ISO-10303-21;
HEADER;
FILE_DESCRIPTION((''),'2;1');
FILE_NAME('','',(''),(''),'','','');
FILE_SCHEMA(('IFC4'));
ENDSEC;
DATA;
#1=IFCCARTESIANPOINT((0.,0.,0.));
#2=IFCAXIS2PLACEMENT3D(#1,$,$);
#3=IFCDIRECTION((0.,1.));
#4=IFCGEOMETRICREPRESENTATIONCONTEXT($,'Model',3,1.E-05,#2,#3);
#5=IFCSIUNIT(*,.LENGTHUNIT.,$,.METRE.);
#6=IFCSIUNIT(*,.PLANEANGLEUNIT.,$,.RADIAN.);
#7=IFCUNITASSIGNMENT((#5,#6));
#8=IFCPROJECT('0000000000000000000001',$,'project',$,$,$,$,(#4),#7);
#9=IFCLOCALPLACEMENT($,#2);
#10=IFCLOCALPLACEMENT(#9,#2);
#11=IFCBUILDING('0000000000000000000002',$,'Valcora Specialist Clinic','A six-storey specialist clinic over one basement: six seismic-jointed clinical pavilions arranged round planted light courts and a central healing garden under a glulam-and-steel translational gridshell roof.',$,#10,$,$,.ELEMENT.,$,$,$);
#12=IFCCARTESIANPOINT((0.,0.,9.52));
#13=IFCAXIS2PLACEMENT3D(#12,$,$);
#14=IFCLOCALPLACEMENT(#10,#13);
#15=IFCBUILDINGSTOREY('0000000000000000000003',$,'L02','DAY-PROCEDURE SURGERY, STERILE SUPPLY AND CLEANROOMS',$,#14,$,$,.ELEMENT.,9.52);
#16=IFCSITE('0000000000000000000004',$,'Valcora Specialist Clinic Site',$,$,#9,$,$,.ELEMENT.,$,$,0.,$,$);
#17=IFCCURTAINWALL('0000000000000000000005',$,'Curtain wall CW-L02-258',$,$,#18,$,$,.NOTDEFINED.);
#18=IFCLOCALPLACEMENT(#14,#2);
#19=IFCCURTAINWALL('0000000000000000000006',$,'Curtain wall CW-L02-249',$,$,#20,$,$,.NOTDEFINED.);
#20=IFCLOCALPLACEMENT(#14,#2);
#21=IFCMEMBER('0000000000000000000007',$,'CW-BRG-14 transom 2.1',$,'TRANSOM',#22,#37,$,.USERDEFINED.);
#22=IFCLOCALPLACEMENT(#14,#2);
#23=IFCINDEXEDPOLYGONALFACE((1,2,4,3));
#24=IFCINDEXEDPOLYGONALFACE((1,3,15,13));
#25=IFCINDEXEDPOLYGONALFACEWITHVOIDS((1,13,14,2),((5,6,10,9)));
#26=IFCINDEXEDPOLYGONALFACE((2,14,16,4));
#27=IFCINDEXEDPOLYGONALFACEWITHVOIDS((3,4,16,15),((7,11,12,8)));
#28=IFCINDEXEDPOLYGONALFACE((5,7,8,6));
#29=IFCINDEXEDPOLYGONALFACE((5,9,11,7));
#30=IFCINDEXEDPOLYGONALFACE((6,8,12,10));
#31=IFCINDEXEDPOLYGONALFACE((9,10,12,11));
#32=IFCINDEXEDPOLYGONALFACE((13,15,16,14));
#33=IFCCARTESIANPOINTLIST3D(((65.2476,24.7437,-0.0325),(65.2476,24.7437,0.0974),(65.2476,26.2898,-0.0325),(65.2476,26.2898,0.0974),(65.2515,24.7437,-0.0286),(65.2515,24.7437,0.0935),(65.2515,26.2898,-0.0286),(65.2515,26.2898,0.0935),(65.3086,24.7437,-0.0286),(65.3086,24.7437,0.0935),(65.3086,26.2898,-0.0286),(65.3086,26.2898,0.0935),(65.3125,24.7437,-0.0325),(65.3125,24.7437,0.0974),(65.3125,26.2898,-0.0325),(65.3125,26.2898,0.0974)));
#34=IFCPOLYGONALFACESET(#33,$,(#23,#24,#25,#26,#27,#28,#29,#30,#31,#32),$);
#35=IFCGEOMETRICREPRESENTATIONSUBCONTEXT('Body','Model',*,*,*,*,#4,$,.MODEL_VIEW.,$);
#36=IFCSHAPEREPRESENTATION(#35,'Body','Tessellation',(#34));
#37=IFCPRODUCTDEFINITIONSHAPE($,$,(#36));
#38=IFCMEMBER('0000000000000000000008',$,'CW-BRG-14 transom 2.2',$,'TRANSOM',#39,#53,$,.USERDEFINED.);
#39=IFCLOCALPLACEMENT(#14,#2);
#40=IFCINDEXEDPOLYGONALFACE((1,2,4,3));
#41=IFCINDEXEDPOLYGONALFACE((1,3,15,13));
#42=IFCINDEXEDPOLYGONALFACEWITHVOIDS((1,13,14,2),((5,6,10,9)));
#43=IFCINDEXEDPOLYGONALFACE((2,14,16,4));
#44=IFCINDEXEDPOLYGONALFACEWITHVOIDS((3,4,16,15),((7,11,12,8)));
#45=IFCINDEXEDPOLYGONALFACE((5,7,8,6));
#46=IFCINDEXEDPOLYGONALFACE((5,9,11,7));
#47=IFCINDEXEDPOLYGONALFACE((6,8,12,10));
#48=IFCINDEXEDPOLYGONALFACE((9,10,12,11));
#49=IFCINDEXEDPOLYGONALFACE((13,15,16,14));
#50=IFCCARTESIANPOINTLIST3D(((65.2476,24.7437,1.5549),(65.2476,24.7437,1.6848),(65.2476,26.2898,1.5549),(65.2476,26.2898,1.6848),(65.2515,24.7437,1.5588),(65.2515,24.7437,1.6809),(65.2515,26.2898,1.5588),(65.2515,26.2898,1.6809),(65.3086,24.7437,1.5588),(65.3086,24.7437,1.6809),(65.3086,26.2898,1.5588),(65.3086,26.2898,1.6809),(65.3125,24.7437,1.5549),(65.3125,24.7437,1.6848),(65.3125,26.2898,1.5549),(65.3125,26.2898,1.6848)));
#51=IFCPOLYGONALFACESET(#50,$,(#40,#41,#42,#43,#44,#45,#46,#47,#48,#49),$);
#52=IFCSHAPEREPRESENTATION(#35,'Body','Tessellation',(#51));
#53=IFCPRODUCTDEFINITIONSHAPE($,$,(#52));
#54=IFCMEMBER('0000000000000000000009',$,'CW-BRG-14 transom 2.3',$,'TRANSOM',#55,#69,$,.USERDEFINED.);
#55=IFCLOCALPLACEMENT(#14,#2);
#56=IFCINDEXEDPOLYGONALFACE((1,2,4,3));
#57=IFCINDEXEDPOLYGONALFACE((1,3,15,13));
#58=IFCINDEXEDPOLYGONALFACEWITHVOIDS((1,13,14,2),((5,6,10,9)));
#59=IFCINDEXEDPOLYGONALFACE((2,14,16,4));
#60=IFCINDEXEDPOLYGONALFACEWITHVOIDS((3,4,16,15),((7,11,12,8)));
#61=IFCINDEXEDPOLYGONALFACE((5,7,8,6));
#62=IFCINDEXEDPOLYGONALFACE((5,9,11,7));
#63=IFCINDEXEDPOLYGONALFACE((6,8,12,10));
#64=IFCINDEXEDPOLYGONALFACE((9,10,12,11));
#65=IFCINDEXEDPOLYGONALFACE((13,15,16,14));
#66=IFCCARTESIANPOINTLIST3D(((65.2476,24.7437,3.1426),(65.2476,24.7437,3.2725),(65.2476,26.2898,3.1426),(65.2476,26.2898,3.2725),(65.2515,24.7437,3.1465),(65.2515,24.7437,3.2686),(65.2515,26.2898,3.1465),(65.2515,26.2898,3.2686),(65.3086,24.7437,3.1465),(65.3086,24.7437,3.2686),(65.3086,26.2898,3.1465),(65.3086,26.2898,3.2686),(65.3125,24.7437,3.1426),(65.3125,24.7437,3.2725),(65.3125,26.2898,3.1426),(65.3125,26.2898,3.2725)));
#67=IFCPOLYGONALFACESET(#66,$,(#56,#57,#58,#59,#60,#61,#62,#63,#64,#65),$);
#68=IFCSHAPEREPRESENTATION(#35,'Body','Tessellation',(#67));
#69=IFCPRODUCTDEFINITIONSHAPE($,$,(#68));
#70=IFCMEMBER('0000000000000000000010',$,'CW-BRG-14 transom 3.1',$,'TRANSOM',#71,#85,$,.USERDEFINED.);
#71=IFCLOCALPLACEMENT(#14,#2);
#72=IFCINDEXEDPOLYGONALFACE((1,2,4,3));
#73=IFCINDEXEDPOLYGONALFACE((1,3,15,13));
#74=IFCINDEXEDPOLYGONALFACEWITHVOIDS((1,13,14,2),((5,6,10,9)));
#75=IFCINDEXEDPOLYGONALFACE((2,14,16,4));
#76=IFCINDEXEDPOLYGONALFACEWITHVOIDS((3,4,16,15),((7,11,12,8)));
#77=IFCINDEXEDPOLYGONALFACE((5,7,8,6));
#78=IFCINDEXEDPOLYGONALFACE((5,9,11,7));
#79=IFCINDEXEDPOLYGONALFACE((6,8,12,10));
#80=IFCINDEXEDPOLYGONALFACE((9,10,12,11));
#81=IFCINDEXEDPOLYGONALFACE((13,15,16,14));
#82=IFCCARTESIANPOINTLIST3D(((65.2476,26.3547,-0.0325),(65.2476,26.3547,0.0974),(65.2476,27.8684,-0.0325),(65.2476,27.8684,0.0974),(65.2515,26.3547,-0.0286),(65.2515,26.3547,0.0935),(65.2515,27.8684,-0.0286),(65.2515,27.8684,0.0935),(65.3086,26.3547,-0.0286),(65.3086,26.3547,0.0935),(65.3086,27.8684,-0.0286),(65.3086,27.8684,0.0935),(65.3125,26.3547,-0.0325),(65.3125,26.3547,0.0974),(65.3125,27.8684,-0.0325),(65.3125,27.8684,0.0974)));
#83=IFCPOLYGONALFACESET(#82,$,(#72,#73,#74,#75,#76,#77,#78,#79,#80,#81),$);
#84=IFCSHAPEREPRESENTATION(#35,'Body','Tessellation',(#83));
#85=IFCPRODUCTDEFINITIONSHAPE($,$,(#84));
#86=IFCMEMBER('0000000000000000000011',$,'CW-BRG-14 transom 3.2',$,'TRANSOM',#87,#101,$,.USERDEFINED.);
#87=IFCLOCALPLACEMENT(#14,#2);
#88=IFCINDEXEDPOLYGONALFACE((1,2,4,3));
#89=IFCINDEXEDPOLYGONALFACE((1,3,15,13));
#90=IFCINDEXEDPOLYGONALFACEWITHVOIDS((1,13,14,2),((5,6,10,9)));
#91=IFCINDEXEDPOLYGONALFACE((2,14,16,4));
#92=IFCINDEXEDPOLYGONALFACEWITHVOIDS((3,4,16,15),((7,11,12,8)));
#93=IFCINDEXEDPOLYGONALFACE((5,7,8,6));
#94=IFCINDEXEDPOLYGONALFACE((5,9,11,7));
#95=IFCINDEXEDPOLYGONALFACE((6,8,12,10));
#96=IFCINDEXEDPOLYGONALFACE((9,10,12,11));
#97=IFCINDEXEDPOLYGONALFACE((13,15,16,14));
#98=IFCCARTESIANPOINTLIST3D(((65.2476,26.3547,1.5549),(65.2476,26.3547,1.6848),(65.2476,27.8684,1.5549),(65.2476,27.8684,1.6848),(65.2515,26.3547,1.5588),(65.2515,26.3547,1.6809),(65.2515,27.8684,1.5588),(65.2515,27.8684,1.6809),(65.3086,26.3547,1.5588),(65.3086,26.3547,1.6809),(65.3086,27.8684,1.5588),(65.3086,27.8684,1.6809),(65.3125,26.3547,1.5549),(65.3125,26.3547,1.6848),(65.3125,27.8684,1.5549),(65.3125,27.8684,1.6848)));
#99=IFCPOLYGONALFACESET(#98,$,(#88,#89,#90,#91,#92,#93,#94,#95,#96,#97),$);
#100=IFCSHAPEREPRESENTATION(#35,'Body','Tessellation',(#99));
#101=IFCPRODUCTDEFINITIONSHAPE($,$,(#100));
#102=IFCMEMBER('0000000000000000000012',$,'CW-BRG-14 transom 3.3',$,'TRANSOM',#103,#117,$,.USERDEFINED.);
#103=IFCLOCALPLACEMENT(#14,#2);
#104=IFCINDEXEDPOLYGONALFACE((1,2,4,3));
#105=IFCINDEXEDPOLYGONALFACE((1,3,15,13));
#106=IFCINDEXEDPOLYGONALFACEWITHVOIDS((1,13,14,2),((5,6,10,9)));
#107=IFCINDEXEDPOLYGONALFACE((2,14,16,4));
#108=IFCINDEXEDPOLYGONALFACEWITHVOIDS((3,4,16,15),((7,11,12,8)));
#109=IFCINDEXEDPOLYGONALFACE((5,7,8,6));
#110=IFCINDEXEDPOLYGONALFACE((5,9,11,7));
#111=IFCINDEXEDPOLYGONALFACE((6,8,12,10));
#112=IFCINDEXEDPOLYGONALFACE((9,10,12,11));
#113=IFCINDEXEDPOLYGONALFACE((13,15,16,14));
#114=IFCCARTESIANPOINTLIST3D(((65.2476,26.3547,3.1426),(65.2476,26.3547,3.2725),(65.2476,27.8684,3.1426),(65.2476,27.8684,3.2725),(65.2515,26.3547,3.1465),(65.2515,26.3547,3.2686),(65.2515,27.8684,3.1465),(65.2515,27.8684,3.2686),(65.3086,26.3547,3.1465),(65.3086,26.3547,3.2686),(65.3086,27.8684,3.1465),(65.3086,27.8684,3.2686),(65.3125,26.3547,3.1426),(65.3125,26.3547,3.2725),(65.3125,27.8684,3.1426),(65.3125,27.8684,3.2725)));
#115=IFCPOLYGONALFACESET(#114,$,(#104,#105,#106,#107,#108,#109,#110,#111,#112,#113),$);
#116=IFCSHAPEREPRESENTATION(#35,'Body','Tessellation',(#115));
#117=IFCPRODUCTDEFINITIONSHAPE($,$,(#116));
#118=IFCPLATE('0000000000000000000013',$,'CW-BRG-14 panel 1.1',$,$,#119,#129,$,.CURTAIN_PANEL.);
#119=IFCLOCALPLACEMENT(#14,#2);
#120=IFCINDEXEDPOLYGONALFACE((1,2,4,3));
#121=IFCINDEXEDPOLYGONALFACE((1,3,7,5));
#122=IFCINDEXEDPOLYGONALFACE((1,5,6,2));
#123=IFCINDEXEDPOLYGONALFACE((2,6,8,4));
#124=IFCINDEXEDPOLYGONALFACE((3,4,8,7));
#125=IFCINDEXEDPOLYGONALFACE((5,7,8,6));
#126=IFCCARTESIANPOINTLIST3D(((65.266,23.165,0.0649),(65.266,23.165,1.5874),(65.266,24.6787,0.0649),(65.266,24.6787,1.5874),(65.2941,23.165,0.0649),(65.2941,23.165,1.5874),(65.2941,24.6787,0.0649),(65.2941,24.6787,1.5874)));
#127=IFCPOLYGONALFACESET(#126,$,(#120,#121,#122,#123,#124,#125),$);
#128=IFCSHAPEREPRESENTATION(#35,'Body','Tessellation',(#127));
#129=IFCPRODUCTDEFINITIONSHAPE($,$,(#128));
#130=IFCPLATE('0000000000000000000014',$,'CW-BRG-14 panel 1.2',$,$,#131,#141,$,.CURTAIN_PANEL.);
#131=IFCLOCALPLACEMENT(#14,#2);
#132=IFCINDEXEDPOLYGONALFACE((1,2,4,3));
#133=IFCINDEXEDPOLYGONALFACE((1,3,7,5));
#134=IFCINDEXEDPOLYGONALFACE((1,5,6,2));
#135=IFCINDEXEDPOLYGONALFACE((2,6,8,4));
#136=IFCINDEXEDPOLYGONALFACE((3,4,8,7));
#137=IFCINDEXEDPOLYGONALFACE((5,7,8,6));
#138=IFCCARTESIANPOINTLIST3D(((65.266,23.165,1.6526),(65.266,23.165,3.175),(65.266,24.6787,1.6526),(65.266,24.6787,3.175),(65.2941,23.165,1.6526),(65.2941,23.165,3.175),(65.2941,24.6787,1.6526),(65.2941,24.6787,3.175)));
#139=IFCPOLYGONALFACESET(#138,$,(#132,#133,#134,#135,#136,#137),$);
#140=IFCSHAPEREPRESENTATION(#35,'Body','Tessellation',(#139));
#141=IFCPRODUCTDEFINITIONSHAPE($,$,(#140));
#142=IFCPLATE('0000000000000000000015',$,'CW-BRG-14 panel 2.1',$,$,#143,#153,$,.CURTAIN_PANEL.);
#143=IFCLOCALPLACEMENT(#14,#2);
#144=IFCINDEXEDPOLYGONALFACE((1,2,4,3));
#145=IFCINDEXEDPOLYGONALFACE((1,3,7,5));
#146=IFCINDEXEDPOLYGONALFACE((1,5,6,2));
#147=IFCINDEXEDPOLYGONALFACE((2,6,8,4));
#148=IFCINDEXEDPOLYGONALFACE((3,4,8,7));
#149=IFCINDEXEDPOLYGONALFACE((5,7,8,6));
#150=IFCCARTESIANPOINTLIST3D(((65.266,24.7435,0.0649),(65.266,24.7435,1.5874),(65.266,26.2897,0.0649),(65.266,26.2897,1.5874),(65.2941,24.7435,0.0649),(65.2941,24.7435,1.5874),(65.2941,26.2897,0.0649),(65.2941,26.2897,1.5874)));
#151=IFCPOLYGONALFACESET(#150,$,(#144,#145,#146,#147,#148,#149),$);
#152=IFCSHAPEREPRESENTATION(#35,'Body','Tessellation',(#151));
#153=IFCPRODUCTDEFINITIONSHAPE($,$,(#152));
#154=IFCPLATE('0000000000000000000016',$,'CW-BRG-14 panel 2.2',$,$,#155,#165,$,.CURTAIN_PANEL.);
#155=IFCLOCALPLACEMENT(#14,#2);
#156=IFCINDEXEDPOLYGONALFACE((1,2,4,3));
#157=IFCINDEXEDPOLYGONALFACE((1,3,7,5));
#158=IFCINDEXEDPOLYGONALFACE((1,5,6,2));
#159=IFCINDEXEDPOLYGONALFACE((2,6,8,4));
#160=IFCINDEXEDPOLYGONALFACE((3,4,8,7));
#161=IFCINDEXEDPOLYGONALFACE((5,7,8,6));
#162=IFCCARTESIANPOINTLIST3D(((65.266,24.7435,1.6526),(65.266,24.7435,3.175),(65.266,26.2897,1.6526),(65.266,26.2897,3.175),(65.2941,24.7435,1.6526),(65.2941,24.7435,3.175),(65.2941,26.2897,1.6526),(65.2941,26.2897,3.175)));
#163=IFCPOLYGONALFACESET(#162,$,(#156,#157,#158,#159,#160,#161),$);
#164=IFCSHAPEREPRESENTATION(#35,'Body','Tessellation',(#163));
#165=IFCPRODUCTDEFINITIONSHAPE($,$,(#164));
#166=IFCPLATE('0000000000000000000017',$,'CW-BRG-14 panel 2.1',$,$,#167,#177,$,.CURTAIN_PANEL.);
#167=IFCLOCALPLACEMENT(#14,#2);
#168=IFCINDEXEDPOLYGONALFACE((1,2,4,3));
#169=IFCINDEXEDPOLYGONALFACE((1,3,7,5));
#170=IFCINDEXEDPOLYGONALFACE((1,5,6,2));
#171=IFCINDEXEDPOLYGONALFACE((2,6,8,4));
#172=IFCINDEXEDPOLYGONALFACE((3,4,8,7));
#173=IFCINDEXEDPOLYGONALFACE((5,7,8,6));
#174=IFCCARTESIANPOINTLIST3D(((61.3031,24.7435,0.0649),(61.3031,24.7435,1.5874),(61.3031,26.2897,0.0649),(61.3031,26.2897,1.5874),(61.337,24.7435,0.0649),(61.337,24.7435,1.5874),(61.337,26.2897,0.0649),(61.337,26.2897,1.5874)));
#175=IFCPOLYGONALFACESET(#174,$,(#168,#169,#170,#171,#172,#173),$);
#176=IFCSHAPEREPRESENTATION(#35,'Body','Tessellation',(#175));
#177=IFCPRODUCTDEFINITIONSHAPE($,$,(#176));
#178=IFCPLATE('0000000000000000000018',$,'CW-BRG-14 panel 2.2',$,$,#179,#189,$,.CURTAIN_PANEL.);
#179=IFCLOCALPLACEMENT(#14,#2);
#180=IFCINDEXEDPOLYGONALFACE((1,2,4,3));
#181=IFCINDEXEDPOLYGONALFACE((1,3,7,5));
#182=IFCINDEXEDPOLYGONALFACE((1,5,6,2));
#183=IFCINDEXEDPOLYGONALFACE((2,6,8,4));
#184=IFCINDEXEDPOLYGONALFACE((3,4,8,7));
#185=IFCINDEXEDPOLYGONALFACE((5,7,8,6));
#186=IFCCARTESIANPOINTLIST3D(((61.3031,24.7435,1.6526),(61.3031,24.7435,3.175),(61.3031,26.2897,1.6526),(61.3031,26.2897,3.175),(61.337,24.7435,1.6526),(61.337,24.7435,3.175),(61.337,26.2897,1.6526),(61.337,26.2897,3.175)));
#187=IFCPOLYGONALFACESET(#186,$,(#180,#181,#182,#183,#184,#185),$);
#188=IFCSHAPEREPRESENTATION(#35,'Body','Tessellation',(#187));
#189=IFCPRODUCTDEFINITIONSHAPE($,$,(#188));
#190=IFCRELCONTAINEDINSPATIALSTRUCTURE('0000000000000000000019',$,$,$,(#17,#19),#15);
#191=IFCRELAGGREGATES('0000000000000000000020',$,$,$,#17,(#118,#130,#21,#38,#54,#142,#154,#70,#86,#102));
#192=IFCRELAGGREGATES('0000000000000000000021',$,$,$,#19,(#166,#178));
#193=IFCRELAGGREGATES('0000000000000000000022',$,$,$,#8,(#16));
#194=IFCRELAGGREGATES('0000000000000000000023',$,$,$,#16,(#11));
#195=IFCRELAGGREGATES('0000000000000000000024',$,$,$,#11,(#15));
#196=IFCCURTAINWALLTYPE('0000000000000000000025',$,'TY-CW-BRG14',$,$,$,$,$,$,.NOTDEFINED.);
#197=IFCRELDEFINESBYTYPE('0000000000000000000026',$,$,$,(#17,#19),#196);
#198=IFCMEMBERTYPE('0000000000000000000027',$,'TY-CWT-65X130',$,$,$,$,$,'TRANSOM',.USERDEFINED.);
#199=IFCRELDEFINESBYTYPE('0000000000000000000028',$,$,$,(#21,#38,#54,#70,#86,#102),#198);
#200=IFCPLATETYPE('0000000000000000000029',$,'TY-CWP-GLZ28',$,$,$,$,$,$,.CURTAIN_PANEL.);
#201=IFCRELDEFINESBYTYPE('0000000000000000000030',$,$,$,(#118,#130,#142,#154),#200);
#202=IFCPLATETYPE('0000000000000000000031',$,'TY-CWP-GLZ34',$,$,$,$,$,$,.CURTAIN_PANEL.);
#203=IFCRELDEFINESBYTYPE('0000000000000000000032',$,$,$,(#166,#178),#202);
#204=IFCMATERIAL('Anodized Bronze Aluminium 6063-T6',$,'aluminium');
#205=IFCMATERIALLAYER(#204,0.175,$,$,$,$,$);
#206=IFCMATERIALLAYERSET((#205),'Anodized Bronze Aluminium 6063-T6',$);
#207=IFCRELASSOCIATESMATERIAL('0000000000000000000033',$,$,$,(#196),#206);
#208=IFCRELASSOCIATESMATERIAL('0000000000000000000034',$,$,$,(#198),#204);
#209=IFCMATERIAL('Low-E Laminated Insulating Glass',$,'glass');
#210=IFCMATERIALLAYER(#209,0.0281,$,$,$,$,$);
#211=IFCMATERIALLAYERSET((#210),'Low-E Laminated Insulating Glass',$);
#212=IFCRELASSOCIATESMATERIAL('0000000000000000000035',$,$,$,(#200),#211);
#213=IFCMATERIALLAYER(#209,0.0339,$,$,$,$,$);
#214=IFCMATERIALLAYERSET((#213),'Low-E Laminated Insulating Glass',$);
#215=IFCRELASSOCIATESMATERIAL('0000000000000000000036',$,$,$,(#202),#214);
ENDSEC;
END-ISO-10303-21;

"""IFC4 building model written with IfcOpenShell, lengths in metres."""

from ifc_helpers import new_model, si_unit, direction, frame, origin, origin_2d, place, context, subcontext, project, spatial, rectangle, hollow_rectangle, extrude, material, layer, layer_set, material_profile, profile_set, type_object, element, aggregate, save


model = new_model("IFC4")

# Units and contexts
model_context = context("Model", 3, precision=1e-05, world=origin(), true_north=direction((0.0, 1.0)))
body_context = subcontext(model_context, "Body", "Model", "MODEL_VIEW")
ifc_project = project(units=[si_unit("LENGTHUNIT", "METRE"), si_unit("PLANEANGLEUNIT", "RADIAN")], contexts=[model_context])

# Site, building, storey
site_placement = place(None, origin())
site = spatial("IfcSite", under=ifc_project, at=site_placement, Name="Valcora Specialist Clinic Site", CompositionType="ELEMENT", RefElevation=0.0)
building_placement = place(site_placement, origin())
building = spatial("IfcBuilding", under=site, at=building_placement, Name="Valcora Specialist Clinic", Description="A six-storey specialist clinic over one basement: six seismic-jointed clinical pavilions arranged round planted light courts and a central healing garden under a glulam-and-steel translational gridshell roof.", CompositionType="ELEMENT")
storey_placement = place(building_placement, frame((0.0, 0.0, 9.52)))
storey = spatial("IfcBuildingStorey", under=building, at=storey_placement, Name="L02", Description="DAY-PROCEDURE SURGERY, STERILE SUPPLY AND CLEANROOMS", CompositionType="ELEMENT", Elevation=9.52)

# Shared definitions
ifc_material_1 = material(Name="Anodized Bronze Aluminium 6063-T6", Category="aluminium")
ifc_layer_1 = layer(ifc_material_1, 0.175)
ifc_layer_set_1 = layer_set([ifc_layer_1], Name="Anodized Bronze Aluminium 6063-T6")
curtain_wall_type = type_object("IfcCurtainWallType", Name="TY-CW-BRG14", PredefinedType="NOTDEFINED", material=ifc_layer_set_1)

# Curtain walls
curtain_wall_1_placement = place(storey_placement, origin())
curtain_wall_1 = element("IfcCurtainWall", 1, at=curtain_wall_1_placement, inside=storey, type_object=curtain_wall_type, Name="Curtain wall CW-L02-258", PredefinedType="NOTDEFINED")
curtain_wall_2_placement = place(storey_placement, origin())
curtain_wall_2 = element("IfcCurtainWall", 2, at=curtain_wall_2_placement, inside=storey, type_object=curtain_wall_type, Name="Curtain wall CW-L02-249", PredefinedType="NOTDEFINED")
ifc_material_profile_1 = material_profile(ifc_material_1, hollow_rectangle(XDim=0.0649, YDim=0.1299, WallThickness=0.0039, at=origin_2d()), Name="AL-TRN-65X130")
ifc_profile_set_1 = profile_set([ifc_material_profile_1], Name="Anodized Bronze Aluminium 6063-T6")
member_type_1 = type_object("IfcMemberType", Name="TY-CWT-65X130", ElementType="TRANSOM", PredefinedType="USERDEFINED", material=ifc_profile_set_1)

# Members
member_1_placement = place(storey_placement, frame((65.28, 24.7437, 0.0325), z_axis=(0.0, 1.0, 0.0), x_axis=(-1.0, 0.0, 0.0)))
member_1 = element("IfcMember", 3, at=member_1_placement, type_object=member_type_1, Name="CW-BRG-14 transom 2.1", ObjectType="TRANSOM", PredefinedType="USERDEFINED", context=body_context, shape_type="SweptSolid", body=[
    extrude(hollow_rectangle(XDim=0.0649, YDim=0.1299, WallThickness=0.0039, at=origin_2d()), origin(), (0.0, 0.0, 1.0), 1.5461),
])
member_2_placement = place(storey_placement, frame((65.28, 24.7437, 1.6199), z_axis=(0.0, 1.0, 0.0), x_axis=(-1.0, 0.0, 0.0)))
member_2 = element("IfcMember", 4, at=member_2_placement, type_object=member_type_1, Name="CW-BRG-14 transom 2.2", ObjectType="TRANSOM", PredefinedType="USERDEFINED", context=body_context, shape_type="SweptSolid", body=[
    extrude(hollow_rectangle(XDim=0.0649, YDim=0.1299, WallThickness=0.0039, at=origin_2d()), origin(), (0.0, 0.0, 1.0), 1.5461),
])
member_3_placement = place(storey_placement, frame((65.28, 24.7437, 3.2075), z_axis=(0.0, 1.0, 0.0), x_axis=(-1.0, 0.0, 0.0)))
member_3 = element("IfcMember", 5, at=member_3_placement, type_object=member_type_1, Name="CW-BRG-14 transom 2.3", ObjectType="TRANSOM", PredefinedType="USERDEFINED", context=body_context, shape_type="SweptSolid", body=[
    extrude(hollow_rectangle(XDim=0.0649, YDim=0.1299, WallThickness=0.0039, at=origin_2d()), origin(), (0.0, 0.0, 1.0), 1.5461),
])
member_4_placement = place(storey_placement, frame((65.28, 26.3547, 0.0325), z_axis=(0.0, 1.0, 0.0), x_axis=(-1.0, 0.0, 0.0)))
member_4 = element("IfcMember", 6, at=member_4_placement, type_object=member_type_1, Name="CW-BRG-14 transom 3.1", ObjectType="TRANSOM", PredefinedType="USERDEFINED", context=body_context, shape_type="SweptSolid", body=[
    extrude(hollow_rectangle(XDim=0.0649, YDim=0.1299, WallThickness=0.0039, at=origin_2d()), origin(), (0.0, 0.0, 1.0), 1.5137),
])
member_5_placement = place(storey_placement, frame((65.28, 26.3547, 1.6199), z_axis=(0.0, 1.0, 0.0), x_axis=(-1.0, 0.0, 0.0)))
member_5 = element("IfcMember", 7, at=member_5_placement, type_object=member_type_1, Name="CW-BRG-14 transom 3.2", ObjectType="TRANSOM", PredefinedType="USERDEFINED", context=body_context, shape_type="SweptSolid", body=[
    extrude(hollow_rectangle(XDim=0.0649, YDim=0.1299, WallThickness=0.0039, at=origin_2d()), origin(), (0.0, 0.0, 1.0), 1.5137),
])
member_6_placement = place(storey_placement, frame((65.28, 26.3547, 3.2075), z_axis=(0.0, 1.0, 0.0), x_axis=(-1.0, 0.0, 0.0)))
member_6 = element("IfcMember", 8, at=member_6_placement, type_object=member_type_1, Name="CW-BRG-14 transom 3.3", ObjectType="TRANSOM", PredefinedType="USERDEFINED", context=body_context, shape_type="SweptSolid", body=[
    extrude(hollow_rectangle(XDim=0.0649, YDim=0.1299, WallThickness=0.0039, at=origin_2d()), origin(), (0.0, 0.0, 1.0), 1.5137),
])

# Plates
ifc_material_2 = material(Name="Low-E Laminated Insulating Glass", Category="glass")
ifc_layer_2 = layer(ifc_material_2, 0.0281)
ifc_layer_set_2 = layer_set([ifc_layer_2], Name="Low-E Laminated Insulating Glass")
plate_type_1 = type_object("IfcPlateType", Name="TY-CWP-GLZ28", PredefinedType="CURTAIN_PANEL", material=ifc_layer_set_2)
plate_1_placement = place(storey_placement, frame((65.28, 23.9219, 0.0649), z_axis=(0.0, 0.0, 1.0), x_axis=(0.0, 1.0, 0.0)))
plate_1 = element("IfcPlate", 9, at=plate_1_placement, type_object=plate_type_1, Name="CW-BRG-14 panel 1.1", PredefinedType="CURTAIN_PANEL", context=body_context, shape_type="SweptSolid", body=[
    extrude(rectangle(XDim=1.5137, YDim=0.0281, at=origin_2d()), origin(), (0.0, 0.0, 1.0), 1.5225),
])
plate_2_placement = place(storey_placement, frame((65.28, 23.9219, 1.6526), z_axis=(0.0, 0.0, 1.0), x_axis=(0.0, 1.0, 0.0)))
plate_2 = element("IfcPlate", 10, at=plate_2_placement, type_object=plate_type_1, Name="CW-BRG-14 panel 1.2", PredefinedType="CURTAIN_PANEL", context=body_context, shape_type="SweptSolid", body=[
    extrude(rectangle(XDim=1.5137, YDim=0.0281, at=origin_2d()), origin(), (0.0, 0.0, 1.0), 1.5225),
])
plate_3_placement = place(storey_placement, frame((65.28, 25.5166, 0.0649), z_axis=(0.0, 0.0, 1.0), x_axis=(0.0, 1.0, 0.0)))
plate_3 = element("IfcPlate", 11, at=plate_3_placement, type_object=plate_type_1, Name="CW-BRG-14 panel 2.1", PredefinedType="CURTAIN_PANEL", context=body_context, shape_type="SweptSolid", body=[
    extrude(rectangle(XDim=1.5461, YDim=0.0281, at=origin_2d()), origin(), (0.0, 0.0, 1.0), 1.5225),
])
plate_4_placement = place(storey_placement, frame((65.28, 25.5166, 1.6526), z_axis=(0.0, 0.0, 1.0), x_axis=(0.0, 1.0, 0.0)))
plate_4 = element("IfcPlate", 12, at=plate_4_placement, type_object=plate_type_1, Name="CW-BRG-14 panel 2.2", PredefinedType="CURTAIN_PANEL", context=body_context, shape_type="SweptSolid", body=[
    extrude(rectangle(XDim=1.5461, YDim=0.0281, at=origin_2d()), origin(), (0.0, 0.0, 1.0), 1.5225),
])
aggregate(curtain_wall_1, [plate_1, plate_2, member_1, member_2, member_3, plate_3, plate_4, member_4, member_5, member_6])
ifc_layer_3 = layer(ifc_material_2, 0.0339)
ifc_layer_set_3 = layer_set([ifc_layer_3], Name="Low-E Laminated Insulating Glass")
plate_type_2 = type_object("IfcPlateType", Name="TY-CWP-GLZ34", PredefinedType="CURTAIN_PANEL", material=ifc_layer_set_3)
plate_5_placement = place(storey_placement, frame((61.3201, 25.5166, 0.0649), z_axis=(0.0, 0.0, 1.0), x_axis=(0.0, 1.0, 0.0)))
plate_5 = element("IfcPlate", 13, at=plate_5_placement, type_object=plate_type_2, Name="CW-BRG-14 panel 2.1", PredefinedType="CURTAIN_PANEL", context=body_context, shape_type="SweptSolid", body=[
    extrude(rectangle(XDim=1.5461, YDim=0.0339, at=origin_2d()), origin(), (0.0, 0.0, 1.0), 1.5225),
])
plate_6_placement = place(storey_placement, frame((61.3201, 25.5166, 1.6526), z_axis=(0.0, 0.0, 1.0), x_axis=(0.0, 1.0, 0.0)))
plate_6 = element("IfcPlate", 14, at=plate_6_placement, type_object=plate_type_2, Name="CW-BRG-14 panel 2.2", PredefinedType="CURTAIN_PANEL", context=body_context, shape_type="SweptSolid", body=[
    extrude(rectangle(XDim=1.5461, YDim=0.0339, at=origin_2d()), origin(), (0.0, 0.0, 1.0), 1.5225),
])
aggregate(curtain_wall_2, [plate_5, plate_6])

save(model, "model.ifc")
